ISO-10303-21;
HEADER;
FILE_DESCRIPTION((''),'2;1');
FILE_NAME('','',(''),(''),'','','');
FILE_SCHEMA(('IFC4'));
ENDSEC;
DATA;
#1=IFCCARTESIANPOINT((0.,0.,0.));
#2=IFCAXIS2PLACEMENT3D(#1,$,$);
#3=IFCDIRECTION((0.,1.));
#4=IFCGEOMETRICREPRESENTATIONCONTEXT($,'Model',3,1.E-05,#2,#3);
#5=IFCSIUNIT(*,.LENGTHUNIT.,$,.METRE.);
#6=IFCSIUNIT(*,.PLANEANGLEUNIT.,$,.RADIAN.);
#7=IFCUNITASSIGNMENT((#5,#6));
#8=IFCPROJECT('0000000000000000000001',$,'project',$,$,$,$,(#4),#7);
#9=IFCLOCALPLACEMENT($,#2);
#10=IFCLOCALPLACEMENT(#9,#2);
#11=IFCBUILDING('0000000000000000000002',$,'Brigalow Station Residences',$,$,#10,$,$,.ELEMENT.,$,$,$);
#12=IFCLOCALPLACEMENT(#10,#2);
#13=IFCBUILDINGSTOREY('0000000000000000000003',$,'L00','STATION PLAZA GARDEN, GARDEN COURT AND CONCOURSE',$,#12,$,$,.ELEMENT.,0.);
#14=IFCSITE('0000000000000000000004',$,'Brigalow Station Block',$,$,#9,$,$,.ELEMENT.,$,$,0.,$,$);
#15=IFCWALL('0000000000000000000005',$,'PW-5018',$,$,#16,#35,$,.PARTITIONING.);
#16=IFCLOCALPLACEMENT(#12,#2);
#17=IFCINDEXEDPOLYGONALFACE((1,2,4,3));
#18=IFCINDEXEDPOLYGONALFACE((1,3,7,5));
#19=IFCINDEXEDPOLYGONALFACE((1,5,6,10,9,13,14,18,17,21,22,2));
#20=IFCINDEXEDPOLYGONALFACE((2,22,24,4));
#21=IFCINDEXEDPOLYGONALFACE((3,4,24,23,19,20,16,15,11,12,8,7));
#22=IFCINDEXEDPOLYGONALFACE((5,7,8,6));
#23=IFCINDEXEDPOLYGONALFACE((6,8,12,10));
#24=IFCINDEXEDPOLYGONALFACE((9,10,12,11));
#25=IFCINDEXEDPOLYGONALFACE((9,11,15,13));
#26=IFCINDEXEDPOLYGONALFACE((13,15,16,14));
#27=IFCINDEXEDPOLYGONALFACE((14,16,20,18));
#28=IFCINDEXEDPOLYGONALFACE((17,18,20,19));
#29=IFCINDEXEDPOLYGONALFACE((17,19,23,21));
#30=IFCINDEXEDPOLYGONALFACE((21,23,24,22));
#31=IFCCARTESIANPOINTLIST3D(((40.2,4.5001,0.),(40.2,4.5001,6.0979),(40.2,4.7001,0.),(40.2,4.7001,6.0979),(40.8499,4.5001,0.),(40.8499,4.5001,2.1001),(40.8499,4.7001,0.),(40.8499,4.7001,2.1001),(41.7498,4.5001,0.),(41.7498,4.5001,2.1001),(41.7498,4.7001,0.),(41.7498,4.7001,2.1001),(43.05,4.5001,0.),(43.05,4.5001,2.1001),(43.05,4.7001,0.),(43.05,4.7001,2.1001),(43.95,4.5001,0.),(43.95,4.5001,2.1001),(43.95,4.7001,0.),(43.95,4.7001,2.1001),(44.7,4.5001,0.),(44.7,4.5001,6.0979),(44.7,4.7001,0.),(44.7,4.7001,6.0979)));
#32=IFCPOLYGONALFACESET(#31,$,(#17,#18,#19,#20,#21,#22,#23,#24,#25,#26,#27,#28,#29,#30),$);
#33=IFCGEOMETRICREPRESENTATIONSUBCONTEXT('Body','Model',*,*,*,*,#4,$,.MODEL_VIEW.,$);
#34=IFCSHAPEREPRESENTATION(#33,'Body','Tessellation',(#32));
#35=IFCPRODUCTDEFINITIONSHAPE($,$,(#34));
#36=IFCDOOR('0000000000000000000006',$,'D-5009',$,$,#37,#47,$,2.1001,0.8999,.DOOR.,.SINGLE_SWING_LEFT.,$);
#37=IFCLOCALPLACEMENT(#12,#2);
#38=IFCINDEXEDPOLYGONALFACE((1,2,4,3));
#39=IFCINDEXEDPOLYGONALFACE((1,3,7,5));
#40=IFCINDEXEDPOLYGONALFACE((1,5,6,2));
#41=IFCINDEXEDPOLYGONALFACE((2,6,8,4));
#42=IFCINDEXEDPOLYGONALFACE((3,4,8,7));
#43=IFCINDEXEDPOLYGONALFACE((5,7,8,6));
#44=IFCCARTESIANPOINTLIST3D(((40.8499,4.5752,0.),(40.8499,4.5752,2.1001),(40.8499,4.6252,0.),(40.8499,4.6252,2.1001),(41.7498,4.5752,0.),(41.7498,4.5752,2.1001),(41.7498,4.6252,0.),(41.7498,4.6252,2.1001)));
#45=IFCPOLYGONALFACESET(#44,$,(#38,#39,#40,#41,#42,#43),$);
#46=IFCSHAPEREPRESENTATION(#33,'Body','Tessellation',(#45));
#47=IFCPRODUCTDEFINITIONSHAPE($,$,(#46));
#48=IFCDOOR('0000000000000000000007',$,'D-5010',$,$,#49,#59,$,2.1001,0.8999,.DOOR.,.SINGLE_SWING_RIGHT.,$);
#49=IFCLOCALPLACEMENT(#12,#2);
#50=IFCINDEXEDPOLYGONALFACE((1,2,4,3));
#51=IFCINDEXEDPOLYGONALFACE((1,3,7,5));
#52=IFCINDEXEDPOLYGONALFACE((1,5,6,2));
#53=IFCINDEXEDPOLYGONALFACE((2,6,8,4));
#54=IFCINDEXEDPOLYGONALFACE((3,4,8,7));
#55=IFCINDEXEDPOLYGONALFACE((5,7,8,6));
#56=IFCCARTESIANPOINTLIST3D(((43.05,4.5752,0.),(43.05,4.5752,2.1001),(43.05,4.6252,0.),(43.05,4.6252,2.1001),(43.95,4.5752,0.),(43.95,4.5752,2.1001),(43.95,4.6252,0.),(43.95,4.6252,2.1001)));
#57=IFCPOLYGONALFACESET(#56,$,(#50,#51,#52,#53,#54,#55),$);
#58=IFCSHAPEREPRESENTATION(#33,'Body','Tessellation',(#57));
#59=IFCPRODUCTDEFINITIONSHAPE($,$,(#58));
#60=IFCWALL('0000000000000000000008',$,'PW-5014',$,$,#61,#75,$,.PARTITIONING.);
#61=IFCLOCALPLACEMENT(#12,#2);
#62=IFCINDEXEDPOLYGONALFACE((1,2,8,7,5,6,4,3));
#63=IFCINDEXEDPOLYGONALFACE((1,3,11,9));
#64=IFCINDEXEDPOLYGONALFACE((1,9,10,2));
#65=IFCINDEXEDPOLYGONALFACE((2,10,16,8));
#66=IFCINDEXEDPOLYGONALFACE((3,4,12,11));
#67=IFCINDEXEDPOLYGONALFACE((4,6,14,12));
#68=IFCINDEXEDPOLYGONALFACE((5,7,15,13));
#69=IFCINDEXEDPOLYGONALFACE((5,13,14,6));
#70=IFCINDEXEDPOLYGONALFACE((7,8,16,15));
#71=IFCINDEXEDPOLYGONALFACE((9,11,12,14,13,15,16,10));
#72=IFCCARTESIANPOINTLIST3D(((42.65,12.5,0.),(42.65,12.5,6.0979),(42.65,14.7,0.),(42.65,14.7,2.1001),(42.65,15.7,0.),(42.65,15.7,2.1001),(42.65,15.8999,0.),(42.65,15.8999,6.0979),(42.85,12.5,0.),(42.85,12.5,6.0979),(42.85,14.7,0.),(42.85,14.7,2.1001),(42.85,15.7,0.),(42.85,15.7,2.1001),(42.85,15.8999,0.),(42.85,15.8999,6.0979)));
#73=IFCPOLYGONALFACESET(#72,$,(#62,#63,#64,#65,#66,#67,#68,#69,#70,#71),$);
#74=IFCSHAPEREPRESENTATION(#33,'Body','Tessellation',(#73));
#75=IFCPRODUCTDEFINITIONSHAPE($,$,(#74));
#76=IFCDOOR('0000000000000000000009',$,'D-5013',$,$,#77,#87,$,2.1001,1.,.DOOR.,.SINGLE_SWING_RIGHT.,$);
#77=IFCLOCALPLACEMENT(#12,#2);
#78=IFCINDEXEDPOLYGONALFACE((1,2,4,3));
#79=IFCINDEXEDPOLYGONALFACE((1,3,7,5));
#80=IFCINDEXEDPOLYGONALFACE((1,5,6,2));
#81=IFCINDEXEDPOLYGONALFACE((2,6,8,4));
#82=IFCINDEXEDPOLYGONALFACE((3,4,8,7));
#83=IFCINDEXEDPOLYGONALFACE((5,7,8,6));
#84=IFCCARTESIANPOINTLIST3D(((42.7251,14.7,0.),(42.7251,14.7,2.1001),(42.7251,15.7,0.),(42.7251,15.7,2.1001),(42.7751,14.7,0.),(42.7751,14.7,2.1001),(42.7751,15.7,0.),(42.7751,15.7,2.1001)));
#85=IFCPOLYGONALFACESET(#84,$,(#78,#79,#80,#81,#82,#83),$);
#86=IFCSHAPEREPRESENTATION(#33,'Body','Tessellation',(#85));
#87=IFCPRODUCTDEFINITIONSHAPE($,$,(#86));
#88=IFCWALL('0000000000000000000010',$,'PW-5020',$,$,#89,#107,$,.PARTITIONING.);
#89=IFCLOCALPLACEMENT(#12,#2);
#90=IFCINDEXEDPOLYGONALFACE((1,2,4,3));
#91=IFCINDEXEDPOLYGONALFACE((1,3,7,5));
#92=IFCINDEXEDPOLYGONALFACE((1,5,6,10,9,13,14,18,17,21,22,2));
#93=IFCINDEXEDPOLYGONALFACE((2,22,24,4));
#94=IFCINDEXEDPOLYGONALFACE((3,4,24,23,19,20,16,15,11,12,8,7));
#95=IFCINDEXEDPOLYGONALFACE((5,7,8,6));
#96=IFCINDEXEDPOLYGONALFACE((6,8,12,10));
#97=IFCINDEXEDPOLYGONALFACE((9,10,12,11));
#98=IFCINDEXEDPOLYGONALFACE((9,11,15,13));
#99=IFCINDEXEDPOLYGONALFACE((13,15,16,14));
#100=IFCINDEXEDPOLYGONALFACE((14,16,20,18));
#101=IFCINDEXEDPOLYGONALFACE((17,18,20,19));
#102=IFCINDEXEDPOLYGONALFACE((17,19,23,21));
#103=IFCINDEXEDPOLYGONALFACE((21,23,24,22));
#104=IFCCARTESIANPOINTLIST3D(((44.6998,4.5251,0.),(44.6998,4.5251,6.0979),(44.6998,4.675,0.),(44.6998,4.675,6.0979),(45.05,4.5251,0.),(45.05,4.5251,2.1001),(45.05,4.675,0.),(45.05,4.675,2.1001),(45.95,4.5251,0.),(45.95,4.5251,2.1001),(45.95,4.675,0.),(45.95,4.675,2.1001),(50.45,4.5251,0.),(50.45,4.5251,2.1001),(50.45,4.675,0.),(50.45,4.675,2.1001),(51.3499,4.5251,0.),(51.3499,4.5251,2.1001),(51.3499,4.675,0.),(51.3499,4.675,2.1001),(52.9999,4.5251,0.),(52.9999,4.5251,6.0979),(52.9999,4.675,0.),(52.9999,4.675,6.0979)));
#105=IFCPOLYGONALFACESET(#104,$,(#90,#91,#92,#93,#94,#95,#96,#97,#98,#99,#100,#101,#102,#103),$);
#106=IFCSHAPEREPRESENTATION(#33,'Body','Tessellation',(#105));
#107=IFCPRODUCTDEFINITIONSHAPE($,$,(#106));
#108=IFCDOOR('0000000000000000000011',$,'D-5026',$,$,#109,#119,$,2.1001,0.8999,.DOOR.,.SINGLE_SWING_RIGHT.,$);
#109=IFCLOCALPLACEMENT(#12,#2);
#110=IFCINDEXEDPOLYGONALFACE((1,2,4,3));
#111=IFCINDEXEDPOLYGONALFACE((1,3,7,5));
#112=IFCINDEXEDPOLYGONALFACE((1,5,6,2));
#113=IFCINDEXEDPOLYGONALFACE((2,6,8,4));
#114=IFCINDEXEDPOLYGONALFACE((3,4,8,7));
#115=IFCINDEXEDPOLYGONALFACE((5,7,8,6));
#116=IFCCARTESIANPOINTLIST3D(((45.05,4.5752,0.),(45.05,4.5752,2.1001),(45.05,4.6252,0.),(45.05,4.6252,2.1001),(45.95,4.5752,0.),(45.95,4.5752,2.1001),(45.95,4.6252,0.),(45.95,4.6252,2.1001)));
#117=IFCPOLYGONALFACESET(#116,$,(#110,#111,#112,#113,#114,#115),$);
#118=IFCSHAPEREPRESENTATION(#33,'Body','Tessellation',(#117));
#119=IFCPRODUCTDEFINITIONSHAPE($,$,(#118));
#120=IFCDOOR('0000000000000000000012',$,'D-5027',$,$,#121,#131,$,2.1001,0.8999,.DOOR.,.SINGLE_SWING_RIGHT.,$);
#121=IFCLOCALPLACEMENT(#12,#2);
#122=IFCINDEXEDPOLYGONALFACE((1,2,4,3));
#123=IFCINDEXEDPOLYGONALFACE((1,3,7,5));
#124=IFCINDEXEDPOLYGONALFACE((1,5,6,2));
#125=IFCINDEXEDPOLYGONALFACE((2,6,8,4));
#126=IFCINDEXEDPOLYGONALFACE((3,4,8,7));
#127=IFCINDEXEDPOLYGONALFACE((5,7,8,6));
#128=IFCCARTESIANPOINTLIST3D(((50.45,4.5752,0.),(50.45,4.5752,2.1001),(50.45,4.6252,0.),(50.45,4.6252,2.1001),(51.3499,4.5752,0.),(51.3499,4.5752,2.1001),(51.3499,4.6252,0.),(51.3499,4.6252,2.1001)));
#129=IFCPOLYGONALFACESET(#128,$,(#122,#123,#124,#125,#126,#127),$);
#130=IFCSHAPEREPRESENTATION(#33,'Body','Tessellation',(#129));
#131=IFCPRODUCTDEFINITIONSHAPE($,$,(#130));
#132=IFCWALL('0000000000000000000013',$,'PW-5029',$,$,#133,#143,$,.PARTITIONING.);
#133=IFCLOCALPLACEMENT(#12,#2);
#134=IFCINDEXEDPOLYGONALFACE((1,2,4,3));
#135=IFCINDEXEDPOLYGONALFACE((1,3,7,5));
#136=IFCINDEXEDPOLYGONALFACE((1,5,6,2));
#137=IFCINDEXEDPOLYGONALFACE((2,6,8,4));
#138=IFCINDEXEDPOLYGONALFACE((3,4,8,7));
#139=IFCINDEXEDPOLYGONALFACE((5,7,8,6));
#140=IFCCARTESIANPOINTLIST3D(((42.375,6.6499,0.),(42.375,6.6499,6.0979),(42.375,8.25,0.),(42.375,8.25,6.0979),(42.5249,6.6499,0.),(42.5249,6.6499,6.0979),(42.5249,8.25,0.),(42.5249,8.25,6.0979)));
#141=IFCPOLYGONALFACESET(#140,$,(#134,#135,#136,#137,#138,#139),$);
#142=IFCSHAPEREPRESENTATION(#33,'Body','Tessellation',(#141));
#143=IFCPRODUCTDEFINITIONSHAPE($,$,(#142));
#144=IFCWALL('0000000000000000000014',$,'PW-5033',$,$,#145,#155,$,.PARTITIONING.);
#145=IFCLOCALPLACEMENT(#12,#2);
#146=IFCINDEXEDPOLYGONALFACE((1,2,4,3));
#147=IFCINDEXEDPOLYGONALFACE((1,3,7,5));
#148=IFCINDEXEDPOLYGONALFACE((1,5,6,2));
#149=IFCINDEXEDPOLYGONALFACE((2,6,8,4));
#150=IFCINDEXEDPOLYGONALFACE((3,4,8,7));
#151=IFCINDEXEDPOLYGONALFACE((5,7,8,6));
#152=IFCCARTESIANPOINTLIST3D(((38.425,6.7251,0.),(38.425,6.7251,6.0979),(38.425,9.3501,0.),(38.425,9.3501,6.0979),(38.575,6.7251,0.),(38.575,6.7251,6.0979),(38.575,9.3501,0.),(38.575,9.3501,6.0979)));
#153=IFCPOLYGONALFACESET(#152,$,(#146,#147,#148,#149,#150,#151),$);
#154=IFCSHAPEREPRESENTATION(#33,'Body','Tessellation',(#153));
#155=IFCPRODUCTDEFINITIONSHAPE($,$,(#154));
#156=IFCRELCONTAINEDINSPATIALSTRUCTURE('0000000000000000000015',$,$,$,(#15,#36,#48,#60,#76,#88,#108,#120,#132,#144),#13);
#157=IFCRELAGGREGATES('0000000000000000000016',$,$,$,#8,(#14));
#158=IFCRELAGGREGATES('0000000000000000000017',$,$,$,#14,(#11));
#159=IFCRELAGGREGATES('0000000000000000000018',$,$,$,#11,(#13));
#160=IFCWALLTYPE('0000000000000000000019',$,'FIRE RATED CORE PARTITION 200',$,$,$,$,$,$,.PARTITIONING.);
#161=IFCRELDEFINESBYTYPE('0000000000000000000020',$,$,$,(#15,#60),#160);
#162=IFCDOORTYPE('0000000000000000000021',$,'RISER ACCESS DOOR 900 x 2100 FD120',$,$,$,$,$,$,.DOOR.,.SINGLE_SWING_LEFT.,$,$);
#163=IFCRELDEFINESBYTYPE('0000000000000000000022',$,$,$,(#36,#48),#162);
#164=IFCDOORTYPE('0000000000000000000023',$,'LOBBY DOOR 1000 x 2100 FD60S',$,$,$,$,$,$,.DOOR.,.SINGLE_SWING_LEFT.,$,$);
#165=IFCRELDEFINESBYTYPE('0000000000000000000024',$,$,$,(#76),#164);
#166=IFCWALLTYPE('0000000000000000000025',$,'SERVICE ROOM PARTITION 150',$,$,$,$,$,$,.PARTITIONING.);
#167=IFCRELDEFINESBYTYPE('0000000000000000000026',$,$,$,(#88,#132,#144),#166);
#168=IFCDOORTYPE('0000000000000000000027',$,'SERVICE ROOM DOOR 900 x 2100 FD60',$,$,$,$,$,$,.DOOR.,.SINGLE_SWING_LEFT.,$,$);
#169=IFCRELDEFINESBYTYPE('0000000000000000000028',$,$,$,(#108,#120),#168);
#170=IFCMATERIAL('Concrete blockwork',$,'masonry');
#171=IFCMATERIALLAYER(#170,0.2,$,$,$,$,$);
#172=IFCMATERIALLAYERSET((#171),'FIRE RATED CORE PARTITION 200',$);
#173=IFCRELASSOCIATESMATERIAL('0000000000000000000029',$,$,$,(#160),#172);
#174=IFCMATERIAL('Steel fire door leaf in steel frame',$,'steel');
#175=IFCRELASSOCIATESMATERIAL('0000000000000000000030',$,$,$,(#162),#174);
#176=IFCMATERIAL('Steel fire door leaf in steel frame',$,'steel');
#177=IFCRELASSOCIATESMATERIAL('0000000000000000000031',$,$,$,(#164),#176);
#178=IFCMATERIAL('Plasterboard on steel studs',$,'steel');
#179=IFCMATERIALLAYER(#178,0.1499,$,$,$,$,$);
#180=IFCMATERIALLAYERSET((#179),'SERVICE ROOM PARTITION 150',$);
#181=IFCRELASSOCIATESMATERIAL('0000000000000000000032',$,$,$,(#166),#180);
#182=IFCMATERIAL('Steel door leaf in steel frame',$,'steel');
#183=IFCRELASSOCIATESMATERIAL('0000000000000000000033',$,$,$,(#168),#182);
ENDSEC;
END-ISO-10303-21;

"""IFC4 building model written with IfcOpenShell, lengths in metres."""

from ifc_helpers import new_model, si_unit, direction, frame, frame_2d, origin, place, context, subcontext, project, spatial, rectangle, extrude, material, layer, layer_set, type_object, element, fill, save


model = new_model("IFC4")

# Units and contexts
model_context = context("Model", 3, precision=1e-05, world=origin(), true_north=direction((0.0, 1.0)))
body_context = subcontext(model_context, "Body", "Model", "MODEL_VIEW")
ifc_project = project(units=[si_unit("LENGTHUNIT", "METRE"), si_unit("PLANEANGLEUNIT", "RADIAN")], contexts=[model_context])

# Site, building, storey
site_placement = place(None, origin())
site = spatial("IfcSite", under=ifc_project, at=site_placement, Name="Brigalow Station Block", CompositionType="ELEMENT", RefElevation=0.0)
building_placement = place(site_placement, origin())
building = spatial("IfcBuilding", under=site, at=building_placement, Name="Brigalow Station Residences", CompositionType="ELEMENT")
storey_placement = place(building_placement, origin())
storey = spatial("IfcBuildingStorey", under=building, at=storey_placement, Name="L00", Description="STATION PLAZA GARDEN, GARDEN COURT AND CONCOURSE", CompositionType="ELEMENT", Elevation=0.0)

# Wall, openings, doors
ifc_material_1 = material(Name="Concrete blockwork", Category="masonry")
ifc_layer_1 = layer(ifc_material_1, 0.2)
ifc_layer_set_1 = layer_set([ifc_layer_1], Name="FIRE RATED CORE PARTITION 200")
wall_type_1 = type_object("IfcWallType", Name="FIRE RATED CORE PARTITION 200", PredefinedType="PARTITIONING", material=ifc_layer_set_1)
wall_1_placement = place(storey_placement, frame((40.2, 4.6001, 0.0), z_axis=(0.0, 0.0, 1.0), x_axis=(1.0, 0.0, 0.0)))
wall_1 = element("IfcWall", 1, at=wall_1_placement, inside=storey, type_object=wall_type_1, Name="PW-5018", PredefinedType="PARTITIONING", context=body_context, shape_type="SweptSolid", body=[
    extrude(rectangle(XDim=4.5, YDim=0.2, at=frame_2d((2.25, 0.0))), origin(), (0.0, 0.0, 1.0), 6.0979),
])
opening_1_placement = place(wall_1_placement, frame((0.6499, 0.0, 0.0)))
opening_1 = element("IfcOpeningElement", 2, at=opening_1_placement, cuts=wall_1, PredefinedType="OPENING", context=body_context, shape_type="SweptSolid", body=[
    extrude(rectangle(XDim=0.8999, YDim=2.1001, at=frame_2d((0.45, 1.05))), frame((0.0, 0.1099, 0.0), z_axis=(0.0, -1.0, 0.0), x_axis=(1.0, 0.0, 0.0)), (0.0, 0.0, 1.0), 0.22),
])
opening_2_placement = place(wall_1_placement, frame((2.8501, 0.0, 0.0)))
opening_2 = element("IfcOpeningElement", 3, at=opening_2_placement, cuts=wall_1, PredefinedType="OPENING", context=body_context, shape_type="SweptSolid", body=[
    extrude(rectangle(XDim=0.8999, YDim=2.1001, at=frame_2d((0.45, 1.05))), frame((0.0, 0.1099, 0.0), z_axis=(0.0, -1.0, 0.0), x_axis=(1.0, 0.0, 0.0)), (0.0, 0.0, 1.0), 0.22),
])
ifc_material_2 = material(Name="Steel fire door leaf in steel frame", Category="steel")
door_type_1 = type_object("IfcDoorType", Name="RISER ACCESS DOOR 900 x 2100 FD120", OperationType="SINGLE_SWING_LEFT", PredefinedType="DOOR", material=ifc_material_2)
door_1_placement = place(opening_1_placement, frame((0.8999, 0.0, 0.0), z_axis=(0.0, 0.0, 1.0), x_axis=(-1.0, 0.0, 0.0)))
door_1 = element("IfcDoor", 4, at=door_1_placement, inside=storey, type_object=door_type_1, Name="D-5009", OperationType="SINGLE_SWING_LEFT", OverallHeight=2.1001, OverallWidth=0.8999, PredefinedType="DOOR", context=body_context, shape_type="SweptSolid", body=[
    extrude(rectangle(XDim=0.8999, YDim=2.1001, at=frame_2d((0.45, 1.05))), frame((0.0, 0.0249, 0.0), z_axis=(0.0, -1.0, 0.0), x_axis=(1.0, 0.0, 0.0)), (0.0, 0.0, 1.0), 0.05),
])
fill(opening_1, door_1)
door_2_placement = place(opening_2_placement, frame((0.8999, 0.0, 0.0), z_axis=(0.0, 0.0, 1.0), x_axis=(-1.0, 0.0, 0.0)))
door_2 = element("IfcDoor", 5, at=door_2_placement, inside=storey, type_object=door_type_1, Name="D-5010", OperationType="SINGLE_SWING_RIGHT", OverallHeight=2.1001, OverallWidth=0.8999, PredefinedType="DOOR", context=body_context, shape_type="SweptSolid", body=[
    extrude(rectangle(XDim=0.8999, YDim=2.1001, at=frame_2d((0.45, 1.05))), frame((0.0, 0.0249, 0.0), z_axis=(0.0, -1.0, 0.0), x_axis=(1.0, 0.0, 0.0)), (0.0, 0.0, 1.0), 0.05),
])
fill(opening_2, door_2)

# Wall, opening, door
wall_2_placement = place(storey_placement, frame((42.75, 12.5, 0.0), z_axis=(0.0, 0.0, 1.0), x_axis=(0.0, 1.0, 0.0)))
wall_2 = element("IfcWall", 6, at=wall_2_placement, inside=storey, type_object=wall_type_1, Name="PW-5014", PredefinedType="PARTITIONING", context=body_context, shape_type="SweptSolid", body=[
    extrude(rectangle(XDim=3.3999, YDim=0.2, at=frame_2d((1.7, 0.0))), origin(), (0.0, 0.0, 1.0), 6.0979),
])
opening_3_placement = place(wall_2_placement, frame((2.2, 0.0, 0.0)))
opening_3 = element("IfcOpeningElement", 7, at=opening_3_placement, cuts=wall_2, PredefinedType="OPENING", context=body_context, shape_type="SweptSolid", body=[
    extrude(rectangle(XDim=1.0, YDim=2.1001, at=frame_2d((0.5, 1.05))), frame((0.0, 0.1099, 0.0), z_axis=(0.0, -1.0, 0.0), x_axis=(1.0, 0.0, 0.0)), (0.0, 0.0, 1.0), 0.22),
])
ifc_material_3 = material(Name="Steel fire door leaf in steel frame", Category="steel")
door_type_2 = type_object("IfcDoorType", Name="LOBBY DOOR 1000 x 2100 FD60S", OperationType="SINGLE_SWING_LEFT", PredefinedType="DOOR", material=ifc_material_3)
door_3_placement = place(opening_3_placement, origin())
door_3 = element("IfcDoor", 8, at=door_3_placement, inside=storey, type_object=door_type_2, Name="D-5013", OperationType="SINGLE_SWING_RIGHT", OverallHeight=2.1001, OverallWidth=1.0, PredefinedType="DOOR", context=body_context, shape_type="SweptSolid", body=[
    extrude(rectangle(XDim=1.0, YDim=2.1001, at=frame_2d((0.5, 1.05))), frame((0.0, 0.0249, 0.0), z_axis=(0.0, -1.0, 0.0), x_axis=(1.0, 0.0, 0.0)), (0.0, 0.0, 1.0), 0.05),
])
fill(opening_3, door_3)

# Wall, openings, doors
ifc_material_4 = material(Name="Plasterboard on steel studs", Category="steel")
ifc_layer_2 = layer(ifc_material_4, 0.1499)
ifc_layer_set_2 = layer_set([ifc_layer_2], Name="SERVICE ROOM PARTITION 150")
wall_type_2 = type_object("IfcWallType", Name="SERVICE ROOM PARTITION 150", PredefinedType="PARTITIONING", material=ifc_layer_set_2)
wall_3_placement = place(storey_placement, frame((44.7, 4.6001, 0.0), z_axis=(0.0, 0.0, 1.0), x_axis=(1.0, 0.0, 0.0)))
wall_3 = element("IfcWall", 9, at=wall_3_placement, inside=storey, type_object=wall_type_2, Name="PW-5020", PredefinedType="PARTITIONING", context=body_context, shape_type="SweptSolid", body=[
    extrude(rectangle(XDim=8.3, YDim=0.1499, at=frame_2d((4.1499, 0.0))), origin(), (0.0, 0.0, 1.0), 6.0979),
])
opening_4_placement = place(wall_3_placement, frame((0.3501, 0.0, 0.0)))
opening_4 = element("IfcOpeningElement", 10, at=opening_4_placement, cuts=wall_3, PredefinedType="OPENING", context=body_context, shape_type="SweptSolid", body=[
    extrude(rectangle(XDim=0.8999, YDim=2.1001, at=frame_2d((0.45, 1.05))), frame((0.0, 0.085, 0.0), z_axis=(0.0, -1.0, 0.0), x_axis=(1.0, 0.0, 0.0)), (0.0, 0.0, 1.0), 0.1699),
])
opening_5_placement = place(wall_3_placement, frame((5.75, 0.0, 0.0)))
opening_5 = element("IfcOpeningElement", 11, at=opening_5_placement, cuts=wall_3, PredefinedType="OPENING", context=body_context, shape_type="SweptSolid", body=[
    extrude(rectangle(XDim=0.8999, YDim=2.1001, at=frame_2d((0.45, 1.05))), frame((0.0, 0.085, 0.0), z_axis=(0.0, -1.0, 0.0), x_axis=(1.0, 0.0, 0.0)), (0.0, 0.0, 1.0), 0.1699),
])
ifc_material_5 = material(Name="Steel door leaf in steel frame", Category="steel")
door_type_3 = type_object("IfcDoorType", Name="SERVICE ROOM DOOR 900 x 2100 FD60", OperationType="SINGLE_SWING_LEFT", PredefinedType="DOOR", material=ifc_material_5)
door_4_placement = place(opening_4_placement, frame((0.8999, 0.0, 0.0), z_axis=(0.0, 0.0, 1.0), x_axis=(-1.0, 0.0, 0.0)))
door_4 = element("IfcDoor", 12, at=door_4_placement, inside=storey, type_object=door_type_3, Name="D-5026", OperationType="SINGLE_SWING_RIGHT", OverallHeight=2.1001, OverallWidth=0.8999, PredefinedType="DOOR", context=body_context, shape_type="SweptSolid", body=[
    extrude(rectangle(XDim=0.8999, YDim=2.1001, at=frame_2d((0.45, 1.05))), frame((0.0, 0.0249, 0.0), z_axis=(0.0, -1.0, 0.0), x_axis=(1.0, 0.0, 0.0)), (0.0, 0.0, 1.0), 0.05),
])
fill(opening_4, door_4)
door_5_placement = place(opening_5_placement, frame((0.8999, 0.0, 0.0), z_axis=(0.0, 0.0, 1.0), x_axis=(-1.0, 0.0, 0.0)))
door_5 = element("IfcDoor", 13, at=door_5_placement, inside=storey, type_object=door_type_3, Name="D-5027", OperationType="SINGLE_SWING_RIGHT", OverallHeight=2.1001, OverallWidth=0.8999, PredefinedType="DOOR", context=body_context, shape_type="SweptSolid", body=[
    extrude(rectangle(XDim=0.8999, YDim=2.1001, at=frame_2d((0.45, 1.05))), frame((0.0, 0.0249, 0.0), z_axis=(0.0, -1.0, 0.0), x_axis=(1.0, 0.0, 0.0)), (0.0, 0.0, 1.0), 0.05),
])
fill(opening_5, door_5)

# Walls
wall_4_placement = place(storey_placement, frame((42.45, 6.6499, 0.0), z_axis=(0.0, 0.0, 1.0), x_axis=(0.0, 1.0, 0.0)))
element("IfcWall", 14, at=wall_4_placement, inside=storey, type_object=wall_type_2, Name="PW-5029", PredefinedType="PARTITIONING", context=body_context, shape_type="SweptSolid", body=[
    extrude(rectangle(XDim=1.6001, YDim=0.1499, at=frame_2d((0.8, 0.0))), origin(), (0.0, 0.0, 1.0), 6.0979),
])
wall_5_placement = place(storey_placement, frame((38.5, 6.7251, 0.0), z_axis=(0.0, 0.0, 1.0), x_axis=(0.0, 1.0, 0.0)))
element("IfcWall", 15, at=wall_5_placement, inside=storey, type_object=wall_type_2, Name="PW-5033", PredefinedType="PARTITIONING", context=body_context, shape_type="SweptSolid", body=[
    extrude(rectangle(XDim=2.625, YDim=0.1499, at=frame_2d((1.3125, 0.0))), origin(), (0.0, 0.0, 1.0), 6.0979),
])

save(model, "model.ifc")
